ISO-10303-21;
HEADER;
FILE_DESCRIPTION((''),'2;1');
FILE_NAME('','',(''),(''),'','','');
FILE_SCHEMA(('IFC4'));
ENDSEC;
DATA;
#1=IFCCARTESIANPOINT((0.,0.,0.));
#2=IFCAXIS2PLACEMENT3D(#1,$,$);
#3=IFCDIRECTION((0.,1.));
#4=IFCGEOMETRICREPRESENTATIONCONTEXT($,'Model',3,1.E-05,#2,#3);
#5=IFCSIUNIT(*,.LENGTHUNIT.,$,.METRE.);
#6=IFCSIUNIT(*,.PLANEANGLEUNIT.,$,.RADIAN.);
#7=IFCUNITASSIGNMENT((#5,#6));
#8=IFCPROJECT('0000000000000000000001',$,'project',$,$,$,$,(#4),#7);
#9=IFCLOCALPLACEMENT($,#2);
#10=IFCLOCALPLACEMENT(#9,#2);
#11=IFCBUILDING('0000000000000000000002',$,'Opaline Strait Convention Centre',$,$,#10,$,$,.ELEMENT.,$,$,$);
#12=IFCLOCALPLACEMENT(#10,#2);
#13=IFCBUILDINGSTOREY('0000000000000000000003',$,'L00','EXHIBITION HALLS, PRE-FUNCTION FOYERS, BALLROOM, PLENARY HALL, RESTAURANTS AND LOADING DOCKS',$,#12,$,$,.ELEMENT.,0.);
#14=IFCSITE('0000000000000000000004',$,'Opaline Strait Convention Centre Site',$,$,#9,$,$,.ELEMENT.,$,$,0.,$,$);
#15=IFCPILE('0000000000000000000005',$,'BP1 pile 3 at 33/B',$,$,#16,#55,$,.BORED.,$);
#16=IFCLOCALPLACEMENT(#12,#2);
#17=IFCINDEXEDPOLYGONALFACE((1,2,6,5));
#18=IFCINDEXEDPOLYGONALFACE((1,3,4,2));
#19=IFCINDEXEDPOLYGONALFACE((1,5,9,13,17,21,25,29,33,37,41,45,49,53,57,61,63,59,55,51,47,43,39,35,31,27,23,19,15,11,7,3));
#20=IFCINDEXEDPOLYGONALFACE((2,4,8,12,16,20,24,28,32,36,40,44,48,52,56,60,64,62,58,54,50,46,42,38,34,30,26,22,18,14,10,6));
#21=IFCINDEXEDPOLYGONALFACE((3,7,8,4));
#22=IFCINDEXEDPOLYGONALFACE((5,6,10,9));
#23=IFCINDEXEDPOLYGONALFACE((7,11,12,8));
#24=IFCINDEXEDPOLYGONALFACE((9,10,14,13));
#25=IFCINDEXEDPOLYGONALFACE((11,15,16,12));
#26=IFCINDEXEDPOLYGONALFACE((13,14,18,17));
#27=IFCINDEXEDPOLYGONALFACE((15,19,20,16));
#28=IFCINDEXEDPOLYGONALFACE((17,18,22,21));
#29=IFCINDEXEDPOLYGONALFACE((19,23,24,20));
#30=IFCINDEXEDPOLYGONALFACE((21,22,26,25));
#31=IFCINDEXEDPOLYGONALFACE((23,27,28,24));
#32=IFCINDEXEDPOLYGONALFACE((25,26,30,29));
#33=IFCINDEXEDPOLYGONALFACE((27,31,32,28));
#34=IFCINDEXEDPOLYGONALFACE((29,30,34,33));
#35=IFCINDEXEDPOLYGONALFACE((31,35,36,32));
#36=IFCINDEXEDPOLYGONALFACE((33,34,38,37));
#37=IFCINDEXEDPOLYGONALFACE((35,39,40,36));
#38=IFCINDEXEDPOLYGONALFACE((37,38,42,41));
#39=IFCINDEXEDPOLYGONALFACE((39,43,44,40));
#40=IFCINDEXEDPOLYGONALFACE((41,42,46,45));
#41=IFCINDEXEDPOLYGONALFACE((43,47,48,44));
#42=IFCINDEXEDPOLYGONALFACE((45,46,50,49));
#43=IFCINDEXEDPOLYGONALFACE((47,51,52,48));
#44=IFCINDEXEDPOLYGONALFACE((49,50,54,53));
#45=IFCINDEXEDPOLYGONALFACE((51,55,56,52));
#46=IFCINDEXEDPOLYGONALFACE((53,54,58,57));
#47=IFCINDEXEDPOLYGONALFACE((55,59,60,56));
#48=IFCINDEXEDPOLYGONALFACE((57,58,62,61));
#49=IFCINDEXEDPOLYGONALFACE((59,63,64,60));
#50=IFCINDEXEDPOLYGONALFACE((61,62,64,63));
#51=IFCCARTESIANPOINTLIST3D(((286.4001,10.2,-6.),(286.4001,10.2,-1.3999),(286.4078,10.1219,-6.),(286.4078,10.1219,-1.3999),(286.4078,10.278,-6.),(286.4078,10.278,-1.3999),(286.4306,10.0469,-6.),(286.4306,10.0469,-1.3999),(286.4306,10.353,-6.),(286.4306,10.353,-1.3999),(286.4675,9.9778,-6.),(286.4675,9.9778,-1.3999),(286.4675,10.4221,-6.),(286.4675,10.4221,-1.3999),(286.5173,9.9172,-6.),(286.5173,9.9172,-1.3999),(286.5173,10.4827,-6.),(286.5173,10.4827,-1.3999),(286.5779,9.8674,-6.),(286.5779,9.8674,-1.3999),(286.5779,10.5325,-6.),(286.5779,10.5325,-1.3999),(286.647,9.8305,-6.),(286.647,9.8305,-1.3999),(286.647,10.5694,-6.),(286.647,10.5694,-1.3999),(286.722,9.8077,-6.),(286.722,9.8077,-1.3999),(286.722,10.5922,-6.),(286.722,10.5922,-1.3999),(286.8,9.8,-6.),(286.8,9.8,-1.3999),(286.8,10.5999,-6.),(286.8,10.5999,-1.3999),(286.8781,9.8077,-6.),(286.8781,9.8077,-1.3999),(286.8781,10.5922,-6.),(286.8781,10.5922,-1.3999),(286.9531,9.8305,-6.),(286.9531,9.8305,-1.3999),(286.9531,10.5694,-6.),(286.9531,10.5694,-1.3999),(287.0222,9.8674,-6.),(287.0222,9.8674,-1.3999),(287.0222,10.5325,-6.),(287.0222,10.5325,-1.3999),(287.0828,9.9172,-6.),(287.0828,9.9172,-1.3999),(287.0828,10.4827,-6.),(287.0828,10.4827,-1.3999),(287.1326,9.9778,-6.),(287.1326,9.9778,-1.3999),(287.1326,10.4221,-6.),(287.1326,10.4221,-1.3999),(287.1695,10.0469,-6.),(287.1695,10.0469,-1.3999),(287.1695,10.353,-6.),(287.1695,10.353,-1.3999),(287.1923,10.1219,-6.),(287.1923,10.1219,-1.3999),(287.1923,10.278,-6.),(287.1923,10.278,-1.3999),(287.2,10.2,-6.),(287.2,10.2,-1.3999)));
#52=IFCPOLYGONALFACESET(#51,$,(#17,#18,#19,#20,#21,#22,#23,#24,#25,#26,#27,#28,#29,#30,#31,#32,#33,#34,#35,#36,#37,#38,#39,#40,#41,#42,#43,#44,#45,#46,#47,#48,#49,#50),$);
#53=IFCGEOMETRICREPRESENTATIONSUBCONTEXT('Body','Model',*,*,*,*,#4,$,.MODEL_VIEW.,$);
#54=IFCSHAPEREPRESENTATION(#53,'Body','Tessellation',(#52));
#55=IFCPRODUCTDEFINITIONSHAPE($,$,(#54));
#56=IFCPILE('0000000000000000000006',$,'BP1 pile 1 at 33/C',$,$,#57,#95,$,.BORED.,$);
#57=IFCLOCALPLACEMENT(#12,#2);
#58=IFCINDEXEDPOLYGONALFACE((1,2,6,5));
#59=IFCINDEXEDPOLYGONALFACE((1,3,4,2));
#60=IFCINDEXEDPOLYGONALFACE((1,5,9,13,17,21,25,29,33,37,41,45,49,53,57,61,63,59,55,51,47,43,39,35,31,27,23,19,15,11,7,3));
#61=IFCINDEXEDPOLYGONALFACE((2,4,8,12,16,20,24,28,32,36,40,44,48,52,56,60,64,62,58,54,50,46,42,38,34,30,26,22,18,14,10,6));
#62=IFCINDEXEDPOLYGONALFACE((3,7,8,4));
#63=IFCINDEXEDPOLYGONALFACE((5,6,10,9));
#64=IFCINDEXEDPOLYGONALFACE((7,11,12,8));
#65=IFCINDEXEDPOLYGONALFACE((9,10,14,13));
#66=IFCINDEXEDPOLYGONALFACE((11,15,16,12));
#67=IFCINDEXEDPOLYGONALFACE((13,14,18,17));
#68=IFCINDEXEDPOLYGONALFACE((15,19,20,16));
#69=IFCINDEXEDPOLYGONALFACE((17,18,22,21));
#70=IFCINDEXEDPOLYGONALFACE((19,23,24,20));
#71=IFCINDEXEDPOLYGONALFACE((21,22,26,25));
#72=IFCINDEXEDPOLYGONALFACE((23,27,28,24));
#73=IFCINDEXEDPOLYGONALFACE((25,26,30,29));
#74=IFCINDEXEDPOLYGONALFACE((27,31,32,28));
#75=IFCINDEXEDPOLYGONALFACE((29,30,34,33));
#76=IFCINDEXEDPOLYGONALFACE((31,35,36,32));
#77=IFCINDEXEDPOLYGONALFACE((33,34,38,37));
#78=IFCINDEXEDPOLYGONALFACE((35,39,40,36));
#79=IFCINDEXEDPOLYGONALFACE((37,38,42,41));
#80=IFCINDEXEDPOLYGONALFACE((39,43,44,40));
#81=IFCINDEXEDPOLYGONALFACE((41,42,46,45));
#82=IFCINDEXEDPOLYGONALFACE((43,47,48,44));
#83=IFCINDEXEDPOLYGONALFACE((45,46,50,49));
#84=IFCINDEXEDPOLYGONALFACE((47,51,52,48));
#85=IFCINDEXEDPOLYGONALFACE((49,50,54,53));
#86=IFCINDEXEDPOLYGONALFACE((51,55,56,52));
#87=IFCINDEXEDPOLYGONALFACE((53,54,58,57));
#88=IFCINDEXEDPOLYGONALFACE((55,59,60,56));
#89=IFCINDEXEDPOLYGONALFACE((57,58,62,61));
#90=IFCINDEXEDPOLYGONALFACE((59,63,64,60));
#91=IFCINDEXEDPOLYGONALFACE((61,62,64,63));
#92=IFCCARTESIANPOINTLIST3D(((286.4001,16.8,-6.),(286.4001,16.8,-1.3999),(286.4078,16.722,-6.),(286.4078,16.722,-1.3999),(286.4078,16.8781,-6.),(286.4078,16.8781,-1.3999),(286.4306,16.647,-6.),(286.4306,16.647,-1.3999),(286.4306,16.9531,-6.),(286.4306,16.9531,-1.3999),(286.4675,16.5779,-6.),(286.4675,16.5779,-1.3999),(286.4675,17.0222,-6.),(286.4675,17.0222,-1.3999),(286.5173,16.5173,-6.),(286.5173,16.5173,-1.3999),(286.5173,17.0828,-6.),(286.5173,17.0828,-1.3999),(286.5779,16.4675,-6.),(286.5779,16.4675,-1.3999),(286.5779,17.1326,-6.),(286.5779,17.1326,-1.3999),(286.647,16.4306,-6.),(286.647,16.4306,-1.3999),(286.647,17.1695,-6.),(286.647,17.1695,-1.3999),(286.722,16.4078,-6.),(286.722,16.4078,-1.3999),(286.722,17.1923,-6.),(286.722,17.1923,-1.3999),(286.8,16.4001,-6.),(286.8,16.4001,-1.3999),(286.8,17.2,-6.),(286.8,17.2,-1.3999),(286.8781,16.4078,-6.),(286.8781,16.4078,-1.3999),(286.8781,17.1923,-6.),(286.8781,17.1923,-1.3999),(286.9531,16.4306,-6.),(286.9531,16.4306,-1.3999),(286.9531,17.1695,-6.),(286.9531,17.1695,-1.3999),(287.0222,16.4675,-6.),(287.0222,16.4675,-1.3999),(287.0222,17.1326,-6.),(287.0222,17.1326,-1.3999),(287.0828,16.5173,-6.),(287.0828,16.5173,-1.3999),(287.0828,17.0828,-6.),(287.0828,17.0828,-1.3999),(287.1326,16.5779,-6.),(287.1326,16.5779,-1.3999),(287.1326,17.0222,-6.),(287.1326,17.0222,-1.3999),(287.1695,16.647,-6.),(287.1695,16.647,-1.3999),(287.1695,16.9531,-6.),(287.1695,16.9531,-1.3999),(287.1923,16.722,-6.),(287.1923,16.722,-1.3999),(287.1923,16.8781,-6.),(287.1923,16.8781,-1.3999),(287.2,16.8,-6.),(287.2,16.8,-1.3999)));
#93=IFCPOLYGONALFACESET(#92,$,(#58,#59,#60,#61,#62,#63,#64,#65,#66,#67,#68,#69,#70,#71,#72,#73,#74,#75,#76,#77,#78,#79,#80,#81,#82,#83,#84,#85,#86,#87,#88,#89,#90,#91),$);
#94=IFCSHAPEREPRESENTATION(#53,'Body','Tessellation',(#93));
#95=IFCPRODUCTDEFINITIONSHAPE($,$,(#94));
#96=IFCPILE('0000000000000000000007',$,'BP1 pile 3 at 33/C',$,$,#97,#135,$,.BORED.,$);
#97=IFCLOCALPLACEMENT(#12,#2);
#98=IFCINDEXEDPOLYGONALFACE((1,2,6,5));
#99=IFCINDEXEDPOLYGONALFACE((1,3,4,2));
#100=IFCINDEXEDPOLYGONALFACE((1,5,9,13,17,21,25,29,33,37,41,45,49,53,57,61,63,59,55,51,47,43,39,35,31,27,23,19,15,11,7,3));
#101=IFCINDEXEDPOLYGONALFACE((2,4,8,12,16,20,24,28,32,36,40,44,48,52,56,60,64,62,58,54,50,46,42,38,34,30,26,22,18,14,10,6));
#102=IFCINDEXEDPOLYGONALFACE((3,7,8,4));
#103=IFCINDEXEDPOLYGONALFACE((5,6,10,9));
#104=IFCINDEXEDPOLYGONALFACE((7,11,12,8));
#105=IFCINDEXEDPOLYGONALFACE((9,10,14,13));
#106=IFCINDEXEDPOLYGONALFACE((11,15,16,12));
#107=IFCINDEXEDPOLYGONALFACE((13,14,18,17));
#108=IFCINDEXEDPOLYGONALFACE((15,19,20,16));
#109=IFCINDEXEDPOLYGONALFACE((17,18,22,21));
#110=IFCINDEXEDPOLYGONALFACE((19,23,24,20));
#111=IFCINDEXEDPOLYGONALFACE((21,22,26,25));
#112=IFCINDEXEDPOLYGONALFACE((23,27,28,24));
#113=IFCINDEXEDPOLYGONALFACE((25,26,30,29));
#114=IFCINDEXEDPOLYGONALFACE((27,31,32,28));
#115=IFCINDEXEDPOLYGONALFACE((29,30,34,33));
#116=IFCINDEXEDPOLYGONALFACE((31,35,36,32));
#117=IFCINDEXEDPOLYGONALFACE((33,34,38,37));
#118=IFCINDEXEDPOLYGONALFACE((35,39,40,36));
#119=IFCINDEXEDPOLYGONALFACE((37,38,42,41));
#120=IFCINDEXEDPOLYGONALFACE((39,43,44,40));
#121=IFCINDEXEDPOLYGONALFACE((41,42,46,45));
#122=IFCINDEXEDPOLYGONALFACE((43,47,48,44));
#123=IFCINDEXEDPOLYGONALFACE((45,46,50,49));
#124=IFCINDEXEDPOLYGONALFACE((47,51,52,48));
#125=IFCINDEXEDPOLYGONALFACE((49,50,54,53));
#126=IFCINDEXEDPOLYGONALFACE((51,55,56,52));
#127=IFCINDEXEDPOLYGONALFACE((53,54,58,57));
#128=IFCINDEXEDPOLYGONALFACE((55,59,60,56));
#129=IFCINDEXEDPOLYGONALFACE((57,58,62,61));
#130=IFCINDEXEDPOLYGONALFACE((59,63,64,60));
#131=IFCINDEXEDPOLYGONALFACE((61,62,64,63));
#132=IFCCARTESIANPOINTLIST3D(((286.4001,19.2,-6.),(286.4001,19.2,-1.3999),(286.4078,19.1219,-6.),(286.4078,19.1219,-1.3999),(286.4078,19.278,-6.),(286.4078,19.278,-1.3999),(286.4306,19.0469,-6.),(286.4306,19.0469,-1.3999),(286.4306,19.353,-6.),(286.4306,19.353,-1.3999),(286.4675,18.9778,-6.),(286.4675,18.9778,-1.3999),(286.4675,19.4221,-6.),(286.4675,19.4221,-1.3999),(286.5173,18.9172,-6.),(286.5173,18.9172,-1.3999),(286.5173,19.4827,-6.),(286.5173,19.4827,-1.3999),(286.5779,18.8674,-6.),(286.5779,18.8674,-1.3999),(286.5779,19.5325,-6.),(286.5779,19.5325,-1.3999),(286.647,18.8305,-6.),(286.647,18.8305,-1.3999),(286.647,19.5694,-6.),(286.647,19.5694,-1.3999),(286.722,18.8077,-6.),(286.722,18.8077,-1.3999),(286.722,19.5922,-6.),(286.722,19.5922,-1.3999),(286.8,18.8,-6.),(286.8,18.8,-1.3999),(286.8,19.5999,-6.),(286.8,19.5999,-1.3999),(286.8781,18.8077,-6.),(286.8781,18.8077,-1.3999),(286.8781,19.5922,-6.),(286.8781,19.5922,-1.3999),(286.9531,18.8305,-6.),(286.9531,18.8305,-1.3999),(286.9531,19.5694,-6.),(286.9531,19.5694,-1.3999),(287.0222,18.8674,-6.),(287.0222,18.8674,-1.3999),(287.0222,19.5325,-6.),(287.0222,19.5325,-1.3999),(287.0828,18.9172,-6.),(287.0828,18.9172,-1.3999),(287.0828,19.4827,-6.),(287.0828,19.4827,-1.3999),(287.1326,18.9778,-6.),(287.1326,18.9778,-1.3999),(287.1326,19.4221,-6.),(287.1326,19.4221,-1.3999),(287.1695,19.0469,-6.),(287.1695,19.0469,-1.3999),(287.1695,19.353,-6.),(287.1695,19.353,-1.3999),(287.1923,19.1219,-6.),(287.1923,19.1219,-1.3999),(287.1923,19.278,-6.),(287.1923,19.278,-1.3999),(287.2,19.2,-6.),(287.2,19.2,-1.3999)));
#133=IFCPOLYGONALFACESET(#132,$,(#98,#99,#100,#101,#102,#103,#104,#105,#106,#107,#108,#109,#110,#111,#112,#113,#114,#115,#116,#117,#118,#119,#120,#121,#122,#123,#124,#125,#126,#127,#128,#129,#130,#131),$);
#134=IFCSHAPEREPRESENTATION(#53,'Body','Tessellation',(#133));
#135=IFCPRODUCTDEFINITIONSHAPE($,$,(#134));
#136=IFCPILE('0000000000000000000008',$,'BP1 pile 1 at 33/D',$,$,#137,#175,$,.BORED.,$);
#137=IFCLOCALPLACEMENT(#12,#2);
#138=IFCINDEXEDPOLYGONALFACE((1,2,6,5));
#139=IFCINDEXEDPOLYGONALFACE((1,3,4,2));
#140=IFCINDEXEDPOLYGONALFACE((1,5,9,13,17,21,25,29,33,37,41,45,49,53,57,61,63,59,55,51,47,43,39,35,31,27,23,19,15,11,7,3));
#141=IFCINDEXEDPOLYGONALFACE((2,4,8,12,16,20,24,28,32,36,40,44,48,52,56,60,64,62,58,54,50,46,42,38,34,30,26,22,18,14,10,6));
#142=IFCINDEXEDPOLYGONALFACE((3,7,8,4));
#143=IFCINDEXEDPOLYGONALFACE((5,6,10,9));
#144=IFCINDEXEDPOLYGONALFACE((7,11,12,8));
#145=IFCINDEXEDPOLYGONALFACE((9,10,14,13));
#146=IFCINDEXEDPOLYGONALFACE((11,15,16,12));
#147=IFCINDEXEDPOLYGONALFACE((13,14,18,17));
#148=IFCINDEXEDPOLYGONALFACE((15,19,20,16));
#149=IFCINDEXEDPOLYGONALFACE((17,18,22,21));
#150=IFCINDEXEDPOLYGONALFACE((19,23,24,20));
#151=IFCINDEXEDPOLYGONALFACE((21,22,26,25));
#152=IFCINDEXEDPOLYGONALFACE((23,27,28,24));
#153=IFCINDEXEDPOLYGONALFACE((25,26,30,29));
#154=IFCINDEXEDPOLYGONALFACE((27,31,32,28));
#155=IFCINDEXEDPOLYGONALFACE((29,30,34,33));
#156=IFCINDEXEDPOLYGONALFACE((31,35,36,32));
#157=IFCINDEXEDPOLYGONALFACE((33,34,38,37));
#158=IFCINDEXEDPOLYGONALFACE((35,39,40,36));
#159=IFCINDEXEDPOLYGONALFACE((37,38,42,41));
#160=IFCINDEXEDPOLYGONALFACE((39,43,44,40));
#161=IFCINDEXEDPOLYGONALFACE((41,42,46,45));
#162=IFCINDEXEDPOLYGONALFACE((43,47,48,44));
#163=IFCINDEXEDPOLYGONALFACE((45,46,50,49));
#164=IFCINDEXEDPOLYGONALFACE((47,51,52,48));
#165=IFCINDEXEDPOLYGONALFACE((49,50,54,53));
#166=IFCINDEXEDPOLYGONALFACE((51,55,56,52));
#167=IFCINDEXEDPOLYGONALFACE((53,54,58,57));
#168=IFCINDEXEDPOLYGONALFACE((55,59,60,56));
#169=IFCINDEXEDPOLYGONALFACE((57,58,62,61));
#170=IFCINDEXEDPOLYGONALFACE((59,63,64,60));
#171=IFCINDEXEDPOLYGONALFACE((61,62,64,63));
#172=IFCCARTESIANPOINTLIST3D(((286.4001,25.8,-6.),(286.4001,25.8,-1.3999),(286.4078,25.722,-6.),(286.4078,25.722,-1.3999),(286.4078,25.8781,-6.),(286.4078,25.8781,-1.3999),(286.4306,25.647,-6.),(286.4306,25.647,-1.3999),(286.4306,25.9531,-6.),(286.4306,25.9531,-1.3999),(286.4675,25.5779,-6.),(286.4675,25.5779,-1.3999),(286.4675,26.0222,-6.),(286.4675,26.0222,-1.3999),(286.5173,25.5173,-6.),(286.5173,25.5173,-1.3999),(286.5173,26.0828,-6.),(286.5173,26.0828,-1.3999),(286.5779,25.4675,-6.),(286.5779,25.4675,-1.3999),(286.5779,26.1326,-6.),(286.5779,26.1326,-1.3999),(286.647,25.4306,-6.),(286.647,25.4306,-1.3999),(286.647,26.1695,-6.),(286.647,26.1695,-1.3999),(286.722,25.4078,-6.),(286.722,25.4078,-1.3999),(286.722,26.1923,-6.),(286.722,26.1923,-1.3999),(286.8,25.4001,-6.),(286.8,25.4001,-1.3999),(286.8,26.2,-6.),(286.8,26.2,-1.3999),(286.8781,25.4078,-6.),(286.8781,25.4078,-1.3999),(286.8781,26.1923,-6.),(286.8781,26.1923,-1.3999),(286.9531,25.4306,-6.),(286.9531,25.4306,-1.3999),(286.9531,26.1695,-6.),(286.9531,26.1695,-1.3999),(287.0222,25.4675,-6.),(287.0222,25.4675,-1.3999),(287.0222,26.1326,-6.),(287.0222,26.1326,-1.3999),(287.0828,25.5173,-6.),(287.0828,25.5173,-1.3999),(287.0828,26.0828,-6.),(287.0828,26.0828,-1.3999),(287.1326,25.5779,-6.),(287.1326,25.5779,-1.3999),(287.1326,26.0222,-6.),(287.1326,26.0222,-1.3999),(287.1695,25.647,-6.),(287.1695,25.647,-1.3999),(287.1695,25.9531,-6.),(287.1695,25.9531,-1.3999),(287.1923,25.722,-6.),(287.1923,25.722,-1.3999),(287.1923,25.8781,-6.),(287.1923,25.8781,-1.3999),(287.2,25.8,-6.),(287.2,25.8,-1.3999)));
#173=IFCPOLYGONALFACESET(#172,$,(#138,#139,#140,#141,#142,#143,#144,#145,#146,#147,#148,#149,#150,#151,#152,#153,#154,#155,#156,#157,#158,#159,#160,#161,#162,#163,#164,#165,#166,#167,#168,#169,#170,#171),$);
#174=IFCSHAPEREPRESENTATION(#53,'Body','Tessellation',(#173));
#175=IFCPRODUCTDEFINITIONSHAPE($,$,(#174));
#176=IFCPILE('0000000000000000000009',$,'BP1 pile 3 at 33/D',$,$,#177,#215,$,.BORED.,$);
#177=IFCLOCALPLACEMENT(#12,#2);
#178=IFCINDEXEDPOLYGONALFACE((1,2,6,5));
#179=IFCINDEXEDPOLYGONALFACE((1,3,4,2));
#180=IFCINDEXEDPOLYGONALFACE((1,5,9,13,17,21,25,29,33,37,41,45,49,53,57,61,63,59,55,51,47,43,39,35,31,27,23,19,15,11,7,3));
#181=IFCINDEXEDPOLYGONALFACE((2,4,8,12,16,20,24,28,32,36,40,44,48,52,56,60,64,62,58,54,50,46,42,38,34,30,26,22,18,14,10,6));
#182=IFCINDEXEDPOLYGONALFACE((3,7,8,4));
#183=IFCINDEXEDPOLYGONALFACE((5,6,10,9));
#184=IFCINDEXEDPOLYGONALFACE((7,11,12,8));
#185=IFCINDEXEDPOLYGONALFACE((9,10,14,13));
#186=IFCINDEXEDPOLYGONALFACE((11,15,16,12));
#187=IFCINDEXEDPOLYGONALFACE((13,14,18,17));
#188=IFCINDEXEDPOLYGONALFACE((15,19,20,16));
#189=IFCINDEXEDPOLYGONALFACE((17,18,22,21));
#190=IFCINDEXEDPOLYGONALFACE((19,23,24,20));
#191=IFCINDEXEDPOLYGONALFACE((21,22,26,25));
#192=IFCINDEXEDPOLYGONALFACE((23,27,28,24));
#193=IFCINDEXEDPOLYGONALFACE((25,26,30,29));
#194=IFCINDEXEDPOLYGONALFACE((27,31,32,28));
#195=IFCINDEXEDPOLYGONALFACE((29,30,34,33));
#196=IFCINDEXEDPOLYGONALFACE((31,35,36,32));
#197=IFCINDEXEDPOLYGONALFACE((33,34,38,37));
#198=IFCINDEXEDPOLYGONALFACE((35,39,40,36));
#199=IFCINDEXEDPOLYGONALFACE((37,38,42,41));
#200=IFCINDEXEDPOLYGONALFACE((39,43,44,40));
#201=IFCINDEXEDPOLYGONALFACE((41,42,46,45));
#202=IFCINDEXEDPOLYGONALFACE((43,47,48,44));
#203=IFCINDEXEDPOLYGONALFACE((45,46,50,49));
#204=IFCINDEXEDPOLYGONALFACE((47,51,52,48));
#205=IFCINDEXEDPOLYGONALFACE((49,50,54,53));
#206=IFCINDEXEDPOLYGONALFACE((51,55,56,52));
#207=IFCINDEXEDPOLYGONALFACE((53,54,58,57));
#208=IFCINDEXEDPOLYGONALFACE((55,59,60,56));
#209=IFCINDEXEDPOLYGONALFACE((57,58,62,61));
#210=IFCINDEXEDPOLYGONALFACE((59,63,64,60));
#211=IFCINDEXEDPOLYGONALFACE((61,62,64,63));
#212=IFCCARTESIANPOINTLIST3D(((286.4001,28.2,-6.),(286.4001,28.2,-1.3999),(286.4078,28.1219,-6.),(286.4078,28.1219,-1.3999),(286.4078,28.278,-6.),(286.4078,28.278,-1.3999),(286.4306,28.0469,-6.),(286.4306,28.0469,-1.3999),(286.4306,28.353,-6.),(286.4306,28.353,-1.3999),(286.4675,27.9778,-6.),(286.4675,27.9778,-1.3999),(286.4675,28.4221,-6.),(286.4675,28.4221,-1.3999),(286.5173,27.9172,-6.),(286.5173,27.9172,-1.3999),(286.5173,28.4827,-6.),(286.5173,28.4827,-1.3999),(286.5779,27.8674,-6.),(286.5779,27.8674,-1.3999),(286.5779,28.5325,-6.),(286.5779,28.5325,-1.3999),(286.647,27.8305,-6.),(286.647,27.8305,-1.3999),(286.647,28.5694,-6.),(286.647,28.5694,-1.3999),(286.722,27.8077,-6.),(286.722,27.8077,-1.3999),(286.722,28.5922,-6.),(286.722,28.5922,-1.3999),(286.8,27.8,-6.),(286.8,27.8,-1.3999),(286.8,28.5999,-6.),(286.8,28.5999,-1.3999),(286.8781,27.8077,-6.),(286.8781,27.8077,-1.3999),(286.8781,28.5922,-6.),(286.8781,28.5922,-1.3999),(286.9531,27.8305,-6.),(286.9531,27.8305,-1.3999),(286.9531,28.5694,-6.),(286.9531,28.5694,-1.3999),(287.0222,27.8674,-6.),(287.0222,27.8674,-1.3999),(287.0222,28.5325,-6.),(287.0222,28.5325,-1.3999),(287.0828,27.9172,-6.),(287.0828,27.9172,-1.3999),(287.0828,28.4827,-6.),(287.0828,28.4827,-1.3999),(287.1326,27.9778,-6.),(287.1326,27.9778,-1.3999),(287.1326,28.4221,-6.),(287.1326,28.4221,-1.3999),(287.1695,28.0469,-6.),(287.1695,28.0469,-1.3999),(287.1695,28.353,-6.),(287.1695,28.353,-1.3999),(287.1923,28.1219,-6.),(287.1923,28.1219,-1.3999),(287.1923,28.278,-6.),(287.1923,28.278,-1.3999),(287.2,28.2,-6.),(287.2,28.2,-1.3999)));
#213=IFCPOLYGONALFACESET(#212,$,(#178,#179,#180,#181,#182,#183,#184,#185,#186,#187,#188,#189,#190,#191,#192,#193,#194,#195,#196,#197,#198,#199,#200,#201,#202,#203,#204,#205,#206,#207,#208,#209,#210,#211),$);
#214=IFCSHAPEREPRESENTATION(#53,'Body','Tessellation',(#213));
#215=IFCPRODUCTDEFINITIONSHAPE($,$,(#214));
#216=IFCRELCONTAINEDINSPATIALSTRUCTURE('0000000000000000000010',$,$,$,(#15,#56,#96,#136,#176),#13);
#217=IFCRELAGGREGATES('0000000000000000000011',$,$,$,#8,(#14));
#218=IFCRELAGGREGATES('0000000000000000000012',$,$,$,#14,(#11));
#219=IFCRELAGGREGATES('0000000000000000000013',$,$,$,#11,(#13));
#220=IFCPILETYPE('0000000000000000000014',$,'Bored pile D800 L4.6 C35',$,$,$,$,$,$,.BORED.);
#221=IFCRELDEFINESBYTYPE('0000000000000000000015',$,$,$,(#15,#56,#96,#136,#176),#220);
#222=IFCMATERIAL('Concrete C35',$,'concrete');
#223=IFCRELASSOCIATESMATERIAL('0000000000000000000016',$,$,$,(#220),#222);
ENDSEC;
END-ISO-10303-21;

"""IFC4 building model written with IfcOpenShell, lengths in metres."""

from ifc_helpers import new_model, si_unit, direction, frame, origin, origin_2d, place, context, subcontext, project, spatial, circle, extrude, material, material_profile, profile_set, type_object, element, save


model = new_model("IFC4")

# Units and contexts
model_context = context("Model", 3, precision=1e-05, world=origin(), true_north=direction((0.0, 1.0)))
body_context = subcontext(model_context, "Body", "Model", "MODEL_VIEW")
ifc_project = project(units=[si_unit("LENGTHUNIT", "METRE"), si_unit("PLANEANGLEUNIT", "RADIAN")], contexts=[model_context])

# Site, building, storey
site_placement = place(None, origin())
site = spatial("IfcSite", under=ifc_project, at=site_placement, Name="Opaline Strait Convention Centre Site", CompositionType="ELEMENT", RefElevation=0.0)
building_placement = place(site_placement, origin())
building = spatial("IfcBuilding", under=site, at=building_placement, Name="Opaline Strait Convention Centre", CompositionType="ELEMENT")
storey_placement = place(building_placement, origin())
storey = spatial("IfcBuildingStorey", under=building, at=storey_placement, Name="L00", Description="EXHIBITION HALLS, PRE-FUNCTION FOYERS, BALLROOM, PLENARY HALL, RESTAURANTS AND LOADING DOCKS", CompositionType="ELEMENT", Elevation=0.0)

# Piles
ifc_material_1 = material(Name="Concrete C35", Category="concrete")
ifc_material_profile_1 = material_profile(ifc_material_1, circle(Radius=0.3999, at=origin_2d()), Name="D800")
ifc_profile_set_1 = profile_set([ifc_material_profile_1], Name="Concrete C35")
pile_type_1 = type_object("IfcPileType", Name="Bored pile D800 L4.6 C35", PredefinedType="BORED", material=ifc_profile_set_1)
for number, where, z_axis, x_axis, name in (
    (1, (286.8, 10.2, -1.3999), (0.0, 0.0, -1.0), (1.0, 0.0, 0.0), "BP1 pile 3 at 33/B"),
    (2, (286.8, 16.8, -1.3999), (0.0, 0.0, -1.0), (1.0, 0.0, 0.0), "BP1 pile 1 at 33/C"),
    (3, (286.8, 19.2, -1.3999), (0.0, 0.0, -1.0), (1.0, 0.0, 0.0), "BP1 pile 3 at 33/C"),
    (4, (286.8, 25.8, -1.3999), (0.0, 0.0, -1.0), (1.0, 0.0, 0.0), "BP1 pile 1 at 33/D"),
    (5, (286.8, 28.2, -1.3999), (0.0, 0.0, -1.0), (1.0, 0.0, 0.0), "BP1 pile 3 at 33/D"),
):
    element("IfcPile", number, at=place(storey_placement, frame(where, z_axis=z_axis, x_axis=x_axis)), inside=storey, type_object=pile_type_1, Name=name, PredefinedType="BORED", context=body_context, shape_type="SweptSolid", body=[
        extrude(circle(Radius=0.3999, at=origin_2d()), origin(), (0.0, 0.0, 1.0), 4.6001),
    ])

save(model, "model.ifc")
